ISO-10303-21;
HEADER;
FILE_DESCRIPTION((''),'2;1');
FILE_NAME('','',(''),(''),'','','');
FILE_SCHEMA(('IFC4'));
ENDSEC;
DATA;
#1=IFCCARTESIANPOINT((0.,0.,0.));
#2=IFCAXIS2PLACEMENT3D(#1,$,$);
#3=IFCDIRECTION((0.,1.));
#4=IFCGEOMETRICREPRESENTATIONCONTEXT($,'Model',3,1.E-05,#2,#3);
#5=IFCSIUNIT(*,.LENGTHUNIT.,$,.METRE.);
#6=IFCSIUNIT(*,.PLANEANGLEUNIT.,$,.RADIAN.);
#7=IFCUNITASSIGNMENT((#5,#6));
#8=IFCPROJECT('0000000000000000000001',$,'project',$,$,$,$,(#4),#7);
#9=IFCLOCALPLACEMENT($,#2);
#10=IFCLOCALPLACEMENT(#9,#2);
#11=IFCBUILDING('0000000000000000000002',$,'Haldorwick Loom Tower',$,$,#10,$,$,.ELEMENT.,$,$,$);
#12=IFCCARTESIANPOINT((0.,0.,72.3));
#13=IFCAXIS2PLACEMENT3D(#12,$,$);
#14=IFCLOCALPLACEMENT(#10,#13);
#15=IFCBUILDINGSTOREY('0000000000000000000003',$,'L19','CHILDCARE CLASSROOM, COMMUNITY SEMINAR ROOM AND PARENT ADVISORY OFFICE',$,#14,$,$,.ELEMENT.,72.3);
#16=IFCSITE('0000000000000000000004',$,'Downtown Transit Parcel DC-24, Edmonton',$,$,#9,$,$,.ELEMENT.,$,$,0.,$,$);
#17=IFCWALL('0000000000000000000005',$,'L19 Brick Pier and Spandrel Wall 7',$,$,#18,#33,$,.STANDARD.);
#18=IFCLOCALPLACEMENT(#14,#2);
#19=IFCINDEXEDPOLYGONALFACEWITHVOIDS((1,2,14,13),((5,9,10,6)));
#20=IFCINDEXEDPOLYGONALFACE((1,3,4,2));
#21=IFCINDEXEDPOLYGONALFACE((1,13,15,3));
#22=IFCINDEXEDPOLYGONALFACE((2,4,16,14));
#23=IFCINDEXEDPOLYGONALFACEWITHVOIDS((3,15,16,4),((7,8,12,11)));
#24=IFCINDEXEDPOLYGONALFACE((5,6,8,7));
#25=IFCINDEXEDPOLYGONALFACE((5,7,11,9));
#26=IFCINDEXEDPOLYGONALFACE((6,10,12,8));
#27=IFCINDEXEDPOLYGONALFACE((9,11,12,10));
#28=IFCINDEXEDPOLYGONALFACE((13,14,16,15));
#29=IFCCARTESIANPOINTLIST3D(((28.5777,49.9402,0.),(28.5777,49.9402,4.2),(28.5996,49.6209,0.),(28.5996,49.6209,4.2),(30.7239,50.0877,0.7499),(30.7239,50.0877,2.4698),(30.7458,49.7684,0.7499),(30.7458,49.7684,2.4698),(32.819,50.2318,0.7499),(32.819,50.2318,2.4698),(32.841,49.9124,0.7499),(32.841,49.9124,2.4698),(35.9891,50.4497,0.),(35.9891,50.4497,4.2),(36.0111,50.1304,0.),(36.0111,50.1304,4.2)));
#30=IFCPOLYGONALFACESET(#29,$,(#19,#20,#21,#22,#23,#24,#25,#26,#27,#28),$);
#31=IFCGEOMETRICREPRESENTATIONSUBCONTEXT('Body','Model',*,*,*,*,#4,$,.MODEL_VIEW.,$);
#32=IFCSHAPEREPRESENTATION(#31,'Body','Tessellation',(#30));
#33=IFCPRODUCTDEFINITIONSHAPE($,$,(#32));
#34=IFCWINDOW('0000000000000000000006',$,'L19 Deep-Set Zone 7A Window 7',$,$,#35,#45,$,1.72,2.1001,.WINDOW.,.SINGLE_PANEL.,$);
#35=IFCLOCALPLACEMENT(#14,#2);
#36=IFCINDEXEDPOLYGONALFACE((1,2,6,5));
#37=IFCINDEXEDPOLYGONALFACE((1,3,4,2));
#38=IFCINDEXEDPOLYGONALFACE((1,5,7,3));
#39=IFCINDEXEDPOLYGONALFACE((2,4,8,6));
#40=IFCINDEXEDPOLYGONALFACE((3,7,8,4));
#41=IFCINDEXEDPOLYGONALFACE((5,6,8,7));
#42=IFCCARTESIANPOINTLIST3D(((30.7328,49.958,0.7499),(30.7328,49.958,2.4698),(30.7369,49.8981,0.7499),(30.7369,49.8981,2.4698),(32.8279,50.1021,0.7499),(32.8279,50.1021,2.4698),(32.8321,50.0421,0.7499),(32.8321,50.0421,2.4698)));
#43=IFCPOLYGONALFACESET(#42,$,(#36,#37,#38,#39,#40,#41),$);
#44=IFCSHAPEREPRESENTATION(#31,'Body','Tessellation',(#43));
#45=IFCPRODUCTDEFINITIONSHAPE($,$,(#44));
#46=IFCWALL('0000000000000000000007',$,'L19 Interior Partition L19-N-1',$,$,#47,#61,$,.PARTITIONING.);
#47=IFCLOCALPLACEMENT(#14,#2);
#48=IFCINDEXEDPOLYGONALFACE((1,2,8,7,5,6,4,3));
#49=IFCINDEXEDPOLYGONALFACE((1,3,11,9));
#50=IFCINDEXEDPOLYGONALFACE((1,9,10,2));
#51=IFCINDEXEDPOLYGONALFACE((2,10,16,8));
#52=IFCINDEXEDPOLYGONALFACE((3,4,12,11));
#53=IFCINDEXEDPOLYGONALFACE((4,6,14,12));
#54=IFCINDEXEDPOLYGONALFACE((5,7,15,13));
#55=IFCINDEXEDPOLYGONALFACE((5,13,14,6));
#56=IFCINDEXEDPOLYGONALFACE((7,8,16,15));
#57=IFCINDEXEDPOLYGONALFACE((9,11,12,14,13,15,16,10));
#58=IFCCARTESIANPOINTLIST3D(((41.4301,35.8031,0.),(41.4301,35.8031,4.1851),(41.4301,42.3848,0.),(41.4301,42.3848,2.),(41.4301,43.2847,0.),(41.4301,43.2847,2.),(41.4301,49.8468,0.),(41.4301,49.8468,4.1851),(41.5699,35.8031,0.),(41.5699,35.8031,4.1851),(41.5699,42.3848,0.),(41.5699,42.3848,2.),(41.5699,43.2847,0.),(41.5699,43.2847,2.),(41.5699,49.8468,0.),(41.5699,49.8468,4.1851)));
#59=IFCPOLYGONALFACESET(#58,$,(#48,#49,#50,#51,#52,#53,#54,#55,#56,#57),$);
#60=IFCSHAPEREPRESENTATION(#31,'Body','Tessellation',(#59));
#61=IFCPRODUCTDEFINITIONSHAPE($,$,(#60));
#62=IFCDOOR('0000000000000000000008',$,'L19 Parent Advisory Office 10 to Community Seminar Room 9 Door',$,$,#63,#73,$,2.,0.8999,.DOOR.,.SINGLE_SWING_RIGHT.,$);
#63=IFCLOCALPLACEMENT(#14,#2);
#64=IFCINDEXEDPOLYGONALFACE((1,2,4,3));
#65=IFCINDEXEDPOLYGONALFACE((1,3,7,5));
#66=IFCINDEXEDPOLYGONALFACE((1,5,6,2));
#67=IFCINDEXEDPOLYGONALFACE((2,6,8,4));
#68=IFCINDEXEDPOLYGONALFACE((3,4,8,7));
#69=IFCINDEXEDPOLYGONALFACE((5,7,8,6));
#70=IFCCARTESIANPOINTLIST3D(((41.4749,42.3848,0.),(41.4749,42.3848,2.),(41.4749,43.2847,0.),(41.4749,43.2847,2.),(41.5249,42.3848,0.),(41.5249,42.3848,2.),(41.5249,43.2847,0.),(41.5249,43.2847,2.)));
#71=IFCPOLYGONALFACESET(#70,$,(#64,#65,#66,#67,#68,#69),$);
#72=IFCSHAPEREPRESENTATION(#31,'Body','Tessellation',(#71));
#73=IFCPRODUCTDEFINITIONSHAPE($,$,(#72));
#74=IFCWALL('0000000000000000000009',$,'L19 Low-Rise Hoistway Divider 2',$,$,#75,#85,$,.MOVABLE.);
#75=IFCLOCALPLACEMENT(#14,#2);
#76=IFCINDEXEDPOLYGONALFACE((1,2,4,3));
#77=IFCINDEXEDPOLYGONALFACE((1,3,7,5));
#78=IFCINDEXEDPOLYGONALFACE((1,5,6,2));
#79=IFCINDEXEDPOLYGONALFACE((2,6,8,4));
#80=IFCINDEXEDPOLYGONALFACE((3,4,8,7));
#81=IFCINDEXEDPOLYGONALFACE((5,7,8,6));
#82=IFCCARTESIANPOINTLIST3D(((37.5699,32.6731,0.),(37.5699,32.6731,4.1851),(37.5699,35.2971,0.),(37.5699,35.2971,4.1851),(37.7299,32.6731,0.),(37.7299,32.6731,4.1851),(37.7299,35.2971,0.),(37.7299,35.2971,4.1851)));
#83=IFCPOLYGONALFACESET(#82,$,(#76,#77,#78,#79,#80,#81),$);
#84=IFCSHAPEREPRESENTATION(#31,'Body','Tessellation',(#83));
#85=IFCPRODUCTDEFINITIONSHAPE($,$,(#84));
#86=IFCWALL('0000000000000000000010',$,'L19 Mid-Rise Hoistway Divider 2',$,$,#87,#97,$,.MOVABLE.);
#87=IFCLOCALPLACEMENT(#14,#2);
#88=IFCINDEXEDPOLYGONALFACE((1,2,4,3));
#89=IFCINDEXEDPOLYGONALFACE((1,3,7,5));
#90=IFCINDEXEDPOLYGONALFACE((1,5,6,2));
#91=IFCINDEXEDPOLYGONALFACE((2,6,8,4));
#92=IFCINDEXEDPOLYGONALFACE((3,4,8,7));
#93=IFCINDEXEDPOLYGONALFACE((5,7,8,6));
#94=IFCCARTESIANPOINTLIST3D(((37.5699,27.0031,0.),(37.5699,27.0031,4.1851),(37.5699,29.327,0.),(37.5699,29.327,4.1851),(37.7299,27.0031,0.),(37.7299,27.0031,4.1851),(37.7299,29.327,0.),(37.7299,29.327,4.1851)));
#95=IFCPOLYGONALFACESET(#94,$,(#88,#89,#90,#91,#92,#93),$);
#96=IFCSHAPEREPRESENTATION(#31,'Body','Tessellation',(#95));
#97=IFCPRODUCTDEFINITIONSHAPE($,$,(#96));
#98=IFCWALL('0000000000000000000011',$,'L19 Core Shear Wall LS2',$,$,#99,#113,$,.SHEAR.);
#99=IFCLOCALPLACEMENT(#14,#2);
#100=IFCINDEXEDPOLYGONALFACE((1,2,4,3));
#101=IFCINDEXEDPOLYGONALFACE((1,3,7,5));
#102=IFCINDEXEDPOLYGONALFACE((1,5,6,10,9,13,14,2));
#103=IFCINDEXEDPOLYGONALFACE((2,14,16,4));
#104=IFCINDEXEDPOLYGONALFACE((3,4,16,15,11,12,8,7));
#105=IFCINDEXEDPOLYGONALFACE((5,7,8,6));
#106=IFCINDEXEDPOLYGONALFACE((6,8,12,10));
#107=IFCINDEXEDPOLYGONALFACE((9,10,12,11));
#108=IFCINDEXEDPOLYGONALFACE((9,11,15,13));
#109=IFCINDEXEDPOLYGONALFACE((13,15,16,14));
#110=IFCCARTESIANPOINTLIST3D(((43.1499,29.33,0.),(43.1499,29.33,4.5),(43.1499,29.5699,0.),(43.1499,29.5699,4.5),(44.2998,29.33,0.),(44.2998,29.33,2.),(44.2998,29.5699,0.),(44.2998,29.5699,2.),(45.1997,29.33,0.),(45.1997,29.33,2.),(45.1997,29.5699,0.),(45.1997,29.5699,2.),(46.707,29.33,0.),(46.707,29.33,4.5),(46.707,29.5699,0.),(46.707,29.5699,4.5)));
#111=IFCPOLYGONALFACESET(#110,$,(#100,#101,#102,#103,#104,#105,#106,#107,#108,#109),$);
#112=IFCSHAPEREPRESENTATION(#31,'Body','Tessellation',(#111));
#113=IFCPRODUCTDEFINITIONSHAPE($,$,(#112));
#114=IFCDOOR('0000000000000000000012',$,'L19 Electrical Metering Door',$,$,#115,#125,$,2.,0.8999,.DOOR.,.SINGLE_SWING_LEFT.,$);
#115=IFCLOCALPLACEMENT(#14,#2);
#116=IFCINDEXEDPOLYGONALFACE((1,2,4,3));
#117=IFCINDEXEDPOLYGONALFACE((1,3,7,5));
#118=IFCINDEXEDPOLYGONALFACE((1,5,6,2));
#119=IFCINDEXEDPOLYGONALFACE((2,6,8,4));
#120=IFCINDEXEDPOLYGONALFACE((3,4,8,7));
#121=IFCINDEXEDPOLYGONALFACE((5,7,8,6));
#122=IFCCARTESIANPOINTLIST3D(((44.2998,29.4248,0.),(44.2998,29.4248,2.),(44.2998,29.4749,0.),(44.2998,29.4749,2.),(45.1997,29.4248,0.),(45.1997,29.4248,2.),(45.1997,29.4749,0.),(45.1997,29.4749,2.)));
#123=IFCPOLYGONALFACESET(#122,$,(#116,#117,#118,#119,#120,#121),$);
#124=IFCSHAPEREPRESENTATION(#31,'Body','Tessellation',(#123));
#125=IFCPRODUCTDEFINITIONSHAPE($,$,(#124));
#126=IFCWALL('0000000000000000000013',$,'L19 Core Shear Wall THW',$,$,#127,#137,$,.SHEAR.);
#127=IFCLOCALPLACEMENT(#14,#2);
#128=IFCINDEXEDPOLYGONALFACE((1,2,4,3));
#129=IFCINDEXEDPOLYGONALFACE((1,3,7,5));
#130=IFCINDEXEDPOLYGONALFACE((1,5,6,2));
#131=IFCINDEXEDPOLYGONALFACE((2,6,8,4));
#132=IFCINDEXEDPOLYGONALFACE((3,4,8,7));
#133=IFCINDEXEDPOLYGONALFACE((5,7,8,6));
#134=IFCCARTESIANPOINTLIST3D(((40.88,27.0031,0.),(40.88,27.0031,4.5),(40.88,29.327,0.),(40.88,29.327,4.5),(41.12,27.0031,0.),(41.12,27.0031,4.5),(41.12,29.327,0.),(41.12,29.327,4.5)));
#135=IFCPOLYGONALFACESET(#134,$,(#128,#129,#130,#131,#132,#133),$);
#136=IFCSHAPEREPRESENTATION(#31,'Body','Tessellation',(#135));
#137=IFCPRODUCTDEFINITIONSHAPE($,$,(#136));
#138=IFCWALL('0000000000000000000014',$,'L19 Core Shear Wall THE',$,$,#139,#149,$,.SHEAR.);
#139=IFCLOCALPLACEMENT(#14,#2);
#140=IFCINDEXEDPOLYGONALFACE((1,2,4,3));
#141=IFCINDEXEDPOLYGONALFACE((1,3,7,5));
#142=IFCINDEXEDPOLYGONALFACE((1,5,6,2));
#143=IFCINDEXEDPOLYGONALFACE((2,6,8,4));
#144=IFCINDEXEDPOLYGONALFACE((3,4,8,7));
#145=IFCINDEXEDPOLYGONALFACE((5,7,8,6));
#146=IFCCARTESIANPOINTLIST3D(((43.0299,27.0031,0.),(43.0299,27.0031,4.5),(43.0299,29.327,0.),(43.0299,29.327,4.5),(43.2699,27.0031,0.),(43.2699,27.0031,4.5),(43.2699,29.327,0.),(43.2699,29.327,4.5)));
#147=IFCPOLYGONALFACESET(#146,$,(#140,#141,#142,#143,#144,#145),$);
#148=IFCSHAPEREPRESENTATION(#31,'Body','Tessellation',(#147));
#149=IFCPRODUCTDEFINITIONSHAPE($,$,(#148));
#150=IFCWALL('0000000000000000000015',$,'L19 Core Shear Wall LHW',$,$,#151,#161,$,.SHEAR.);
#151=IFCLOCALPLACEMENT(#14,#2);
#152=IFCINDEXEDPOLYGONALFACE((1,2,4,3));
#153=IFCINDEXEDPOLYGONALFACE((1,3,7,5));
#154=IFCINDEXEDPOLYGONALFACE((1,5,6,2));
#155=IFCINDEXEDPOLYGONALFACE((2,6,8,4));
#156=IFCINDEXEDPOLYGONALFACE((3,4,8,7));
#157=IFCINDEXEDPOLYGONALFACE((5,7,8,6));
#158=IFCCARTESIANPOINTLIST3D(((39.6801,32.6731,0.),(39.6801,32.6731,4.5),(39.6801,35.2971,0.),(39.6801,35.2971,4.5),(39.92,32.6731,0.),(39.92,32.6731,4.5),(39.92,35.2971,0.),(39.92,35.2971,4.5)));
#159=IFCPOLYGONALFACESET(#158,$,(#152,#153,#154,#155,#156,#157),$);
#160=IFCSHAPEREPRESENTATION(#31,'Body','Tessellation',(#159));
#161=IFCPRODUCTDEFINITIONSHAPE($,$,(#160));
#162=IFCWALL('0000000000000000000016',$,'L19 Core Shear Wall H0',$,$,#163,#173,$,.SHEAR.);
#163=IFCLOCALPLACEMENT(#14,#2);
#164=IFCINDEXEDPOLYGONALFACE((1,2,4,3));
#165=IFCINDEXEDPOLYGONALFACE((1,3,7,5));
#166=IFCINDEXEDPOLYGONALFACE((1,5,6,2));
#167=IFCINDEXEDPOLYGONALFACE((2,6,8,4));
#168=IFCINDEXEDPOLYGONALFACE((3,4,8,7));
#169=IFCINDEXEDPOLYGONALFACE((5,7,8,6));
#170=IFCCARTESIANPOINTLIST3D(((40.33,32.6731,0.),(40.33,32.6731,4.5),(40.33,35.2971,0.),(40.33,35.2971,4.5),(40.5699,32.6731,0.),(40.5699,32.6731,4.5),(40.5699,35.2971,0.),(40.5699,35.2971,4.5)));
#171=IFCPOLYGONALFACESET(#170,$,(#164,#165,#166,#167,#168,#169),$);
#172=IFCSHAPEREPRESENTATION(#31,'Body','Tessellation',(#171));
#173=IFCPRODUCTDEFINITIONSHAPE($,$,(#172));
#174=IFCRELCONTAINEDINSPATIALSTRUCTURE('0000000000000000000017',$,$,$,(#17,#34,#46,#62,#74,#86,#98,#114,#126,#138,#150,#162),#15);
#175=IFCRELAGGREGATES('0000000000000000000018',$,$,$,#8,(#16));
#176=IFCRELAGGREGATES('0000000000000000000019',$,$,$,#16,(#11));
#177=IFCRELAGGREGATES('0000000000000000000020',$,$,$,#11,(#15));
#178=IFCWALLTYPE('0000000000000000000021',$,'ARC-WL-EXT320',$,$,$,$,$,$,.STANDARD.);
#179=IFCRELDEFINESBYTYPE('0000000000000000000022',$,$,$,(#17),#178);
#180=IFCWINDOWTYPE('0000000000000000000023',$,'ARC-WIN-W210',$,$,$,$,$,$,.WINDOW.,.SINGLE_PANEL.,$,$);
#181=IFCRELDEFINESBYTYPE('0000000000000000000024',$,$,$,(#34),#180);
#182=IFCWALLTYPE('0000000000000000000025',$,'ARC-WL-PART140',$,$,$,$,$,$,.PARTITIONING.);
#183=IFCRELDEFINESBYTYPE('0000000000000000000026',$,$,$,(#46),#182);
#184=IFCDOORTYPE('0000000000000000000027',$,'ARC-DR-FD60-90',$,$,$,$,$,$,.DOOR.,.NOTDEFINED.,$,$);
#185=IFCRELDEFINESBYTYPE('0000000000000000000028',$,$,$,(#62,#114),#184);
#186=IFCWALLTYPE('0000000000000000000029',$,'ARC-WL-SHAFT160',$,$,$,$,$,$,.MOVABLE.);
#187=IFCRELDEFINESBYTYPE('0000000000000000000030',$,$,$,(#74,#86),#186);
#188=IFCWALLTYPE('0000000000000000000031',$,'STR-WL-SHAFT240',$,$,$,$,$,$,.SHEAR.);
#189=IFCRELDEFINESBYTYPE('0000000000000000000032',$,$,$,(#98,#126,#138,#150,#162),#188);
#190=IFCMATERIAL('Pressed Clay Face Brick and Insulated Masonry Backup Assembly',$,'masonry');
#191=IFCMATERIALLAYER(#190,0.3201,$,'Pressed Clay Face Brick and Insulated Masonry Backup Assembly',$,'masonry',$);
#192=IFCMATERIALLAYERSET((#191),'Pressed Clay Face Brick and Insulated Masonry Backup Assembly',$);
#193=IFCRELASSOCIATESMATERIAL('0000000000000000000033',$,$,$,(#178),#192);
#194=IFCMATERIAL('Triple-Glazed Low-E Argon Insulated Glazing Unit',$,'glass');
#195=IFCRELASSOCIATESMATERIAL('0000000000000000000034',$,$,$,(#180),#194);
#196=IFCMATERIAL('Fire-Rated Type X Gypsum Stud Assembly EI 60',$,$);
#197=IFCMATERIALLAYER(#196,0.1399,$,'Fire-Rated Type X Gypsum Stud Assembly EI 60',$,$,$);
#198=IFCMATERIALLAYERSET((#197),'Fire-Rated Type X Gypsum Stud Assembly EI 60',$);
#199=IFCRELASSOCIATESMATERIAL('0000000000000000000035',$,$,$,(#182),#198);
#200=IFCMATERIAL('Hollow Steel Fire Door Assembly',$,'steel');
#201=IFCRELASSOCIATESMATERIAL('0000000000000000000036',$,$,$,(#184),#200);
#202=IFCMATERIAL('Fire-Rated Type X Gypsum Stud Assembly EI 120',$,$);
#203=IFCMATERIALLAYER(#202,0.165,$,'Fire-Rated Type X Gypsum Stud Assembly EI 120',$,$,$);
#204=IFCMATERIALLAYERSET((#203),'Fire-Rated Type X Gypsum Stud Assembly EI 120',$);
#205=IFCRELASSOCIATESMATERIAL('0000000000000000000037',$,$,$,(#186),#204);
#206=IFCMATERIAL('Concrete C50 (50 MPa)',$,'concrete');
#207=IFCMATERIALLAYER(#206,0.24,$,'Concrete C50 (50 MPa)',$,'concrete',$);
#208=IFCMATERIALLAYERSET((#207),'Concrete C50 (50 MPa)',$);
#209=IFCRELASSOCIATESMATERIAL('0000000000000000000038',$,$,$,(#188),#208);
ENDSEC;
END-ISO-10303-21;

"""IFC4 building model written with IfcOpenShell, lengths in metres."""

from ifc_helpers import new_model, si_unit, direction, frame, frame_2d, origin, place, context, subcontext, project, spatial, rectangle, extrude, material, layer, layer_set, type_object, element, fill, save


model = new_model("IFC4")

# Units and contexts
model_context = context("Model", 3, precision=1e-05, world=origin(), true_north=direction((0.0, 1.0)))
body_context = subcontext(model_context, "Body", "Model", "MODEL_VIEW")
ifc_project = project(units=[si_unit("LENGTHUNIT", "METRE"), si_unit("PLANEANGLEUNIT", "RADIAN")], contexts=[model_context])

# Site, building, storey
site_placement = place(None, origin())
site = spatial("IfcSite", under=ifc_project, at=site_placement, Name="Downtown Transit Parcel DC-24, Edmonton", CompositionType="ELEMENT", RefElevation=0.0)
building_placement = place(site_placement, origin())
building = spatial("IfcBuilding", under=site, at=building_placement, Name="Haldorwick Loom Tower", CompositionType="ELEMENT")
storey_placement = place(building_placement, frame((0.0, 0.0, 72.3)))
storey = spatial("IfcBuildingStorey", under=building, at=storey_placement, Name="L19", Description="CHILDCARE CLASSROOM, COMMUNITY SEMINAR ROOM AND PARENT ADVISORY OFFICE", CompositionType="ELEMENT", Elevation=72.3)

# Wall, opening, window
ifc_material_1 = material(Name="Pressed Clay Face Brick and Insulated Masonry Backup Assembly", Category="masonry")
ifc_layer_1 = layer(ifc_material_1, 0.3201, Name="Pressed Clay Face Brick and Insulated Masonry Backup Assembly", Category="masonry")
ifc_layer_set_1 = layer_set([ifc_layer_1], Name="Pressed Clay Face Brick and Insulated Masonry Backup Assembly")
wall_type_1 = type_object("IfcWallType", Name="ARC-WL-EXT320", PredefinedType="STANDARD", material=ifc_layer_set_1)
ifc_material_2 = material(Name="Triple-Glazed Low-E Argon Insulated Glazing Unit", Category="glass")
window_type = type_object("IfcWindowType", Name="ARC-WIN-W210", PartitioningType="SINGLE_PANEL", PredefinedType="WINDOW", material=ifc_material_2)
wall_1_placement = place(storey_placement, frame((36.0, 50.29, 0.0), z_axis=(0.0, 0.0, 1.0), x_axis=(-0.997645, -0.068587, 0.0)))
wall_1 = element("IfcWall", 1, at=wall_1_placement, inside=storey, type_object=wall_type_1, Name="L19 Brick Pier and Spandrel Wall 7", PredefinedType="STANDARD", context=body_context, shape_type="SweptSolid", body=[
    extrude(rectangle(XDim=7.429, YDim=0.3201, at=frame_2d((3.7144, 0.0))), origin(), (0.0, 0.0, 1.0), 4.2),
])
opening_1_placement = place(wall_1_placement, frame((3.1775, 0.0, 0.75)))
opening_1 = element("IfcOpeningElement", 2, at=opening_1_placement, cuts=wall_1, PredefinedType="OPENING", context=body_context, shape_type="SweptSolid", body=[
    extrude(rectangle(XDim=2.1001, YDim=1.72, at=frame_2d((1.05, 0.8599))), frame((0.0, 0.1699, 0.0), z_axis=(0.0, -1.0, 0.0), x_axis=(1.0, 0.0, 0.0)), (0.0, 0.0, 1.0), 0.3401),
])
window_1_placement = place(opening_1_placement, origin())
window_1 = element("IfcWindow", 3, at=window_1_placement, inside=storey, type_object=window_type, Name="L19 Deep-Set Zone 7A Window 7", OverallHeight=1.72, OverallWidth=2.1001, PartitioningType="SINGLE_PANEL", PredefinedType="WINDOW", context=body_context, shape_type="SweptSolid", body=[
    extrude(rectangle(XDim=2.1001, YDim=1.72, at=frame_2d((1.05, 0.8599))), frame((0.0, 0.03, 0.0), z_axis=(0.0, -1.0, 0.0), x_axis=(1.0, 0.0, 0.0)), (0.0, 0.0, 1.0), 0.0601),
])
fill(opening_1, window_1)

# Wall, opening, door
ifc_material_3 = material(Name="Fire-Rated Type X Gypsum Stud Assembly EI 60")
ifc_layer_2 = layer(ifc_material_3, 0.1399, Name="Fire-Rated Type X Gypsum Stud Assembly EI 60")
ifc_layer_set_2 = layer_set([ifc_layer_2], Name="Fire-Rated Type X Gypsum Stud Assembly EI 60")
wall_type_2 = type_object("IfcWallType", Name="ARC-WL-PART140", PredefinedType="PARTITIONING", material=ifc_layer_set_2)
wall_2_placement = place(storey_placement, frame((41.5, 35.803, 0.0), z_axis=(0.0, 0.0, 1.0), x_axis=(0.0, 1.0, 0.0)))
wall_2 = element("IfcWall", 4, at=wall_2_placement, inside=storey, type_object=wall_type_2, Name="L19 Interior Partition L19-N-1", PredefinedType="PARTITIONING", context=body_context, shape_type="SweptSolid", body=[
    extrude(rectangle(XDim=14.0437, YDim=0.1399, at=frame_2d((7.022, 0.0))), origin(), (0.0, 0.0, 1.0), 4.1851),
])
opening_2_placement = place(wall_2_placement, frame((6.5818, 0.0, 0.0)))
opening_2 = element("IfcOpeningElement", 5, at=opening_2_placement, cuts=wall_2, PredefinedType="OPENING", context=body_context, shape_type="SweptSolid", body=[
    extrude(rectangle(XDim=0.8999, YDim=2.0, at=frame_2d((0.45, 1.0))), frame((0.0, 0.0798, 0.0), z_axis=(0.0, -1.0, 0.0), x_axis=(1.0, 0.0, 0.0)), (0.0, 0.0, 1.0), 0.1599),
])
ifc_material_4 = material(Name="Hollow Steel Fire Door Assembly", Category="steel")
door_type = type_object("IfcDoorType", Name="ARC-DR-FD60-90", OperationType="NOTDEFINED", PredefinedType="DOOR", material=ifc_material_4)
door_1_placement = place(opening_2_placement, frame((0.8999, 0.0, 0.0), z_axis=(0.0, 0.0, 1.0), x_axis=(-1.0, 0.0, 0.0)))
door_1 = element("IfcDoor", 6, at=door_1_placement, inside=storey, type_object=door_type, Name="L19 Parent Advisory Office 10 to Community Seminar Room 9 Door", OperationType="SINGLE_SWING_RIGHT", OverallHeight=2.0, OverallWidth=0.8999, PredefinedType="DOOR", context=body_context, shape_type="SweptSolid", body=[
    extrude(rectangle(XDim=0.8999, YDim=2.0, at=frame_2d((0.45, 1.0))), frame((0.0, 0.0249, 0.0), z_axis=(0.0, -1.0, 0.0), x_axis=(1.0, 0.0, 0.0)), (0.0, 0.0, 1.0), 0.05),
])
fill(opening_2, door_1)

# Walls
ifc_material_5 = material(Name="Fire-Rated Type X Gypsum Stud Assembly EI 120")
ifc_layer_3 = layer(ifc_material_5, 0.165, Name="Fire-Rated Type X Gypsum Stud Assembly EI 120")
ifc_layer_set_3 = layer_set([ifc_layer_3], Name="Fire-Rated Type X Gypsum Stud Assembly EI 120")
wall_type_3 = type_object("IfcWallType", Name="ARC-WL-SHAFT160", PredefinedType="MOVABLE", material=ifc_layer_set_3)
wall_3_placement = place(storey_placement, frame((37.6499, 32.6731, 0.0), z_axis=(0.0, 0.0, 1.0), x_axis=(0.0, 1.0, 0.0)))
element("IfcWall", 7, at=wall_3_placement, inside=storey, type_object=wall_type_3, Name="L19 Low-Rise Hoistway Divider 2", PredefinedType="MOVABLE", context=body_context, shape_type="SweptSolid", body=[
    extrude(rectangle(XDim=2.624, YDim=0.1599, at=frame_2d((1.312, 0.0))), origin(), (0.0, 0.0, 1.0), 4.1851),
])
wall_4_placement = place(storey_placement, frame((37.6499, 27.0029, 0.0), z_axis=(0.0, 0.0, 1.0), x_axis=(0.0, 1.0, 0.0)))
element("IfcWall", 8, at=wall_4_placement, inside=storey, type_object=wall_type_3, Name="L19 Mid-Rise Hoistway Divider 2", PredefinedType="MOVABLE", context=body_context, shape_type="SweptSolid", body=[
    extrude(rectangle(XDim=2.324, YDim=0.1599, at=frame_2d((1.1621, 0.0))), origin(), (0.0, 0.0, 1.0), 4.1851),
])

# Wall, opening, door
ifc_material_6 = material(Name="Concrete C50 (50 MPa)", Category="concrete")
ifc_layer_4 = layer(ifc_material_6, 0.24, Name="Concrete C50 (50 MPa)", Category="concrete")
ifc_layer_set_4 = layer_set([ifc_layer_4], Name="Concrete C50 (50 MPa)")
wall_type_4 = type_object("IfcWallType", Name="STR-WL-SHAFT240", PredefinedType="SHEAR", material=ifc_layer_set_4)
wall_5_placement = place(storey_placement, frame((43.1499, 29.45, 0.0), z_axis=(0.0, 0.0, 1.0), x_axis=(1.0, 0.0, 0.0)))
wall_5 = element("IfcWall", 9, at=wall_5_placement, inside=storey, type_object=wall_type_4, Name="L19 Core Shear Wall LS2", PredefinedType="SHEAR", context=body_context, shape_type="SweptSolid", body=[
    extrude(rectangle(XDim=3.5571, YDim=0.24, at=frame_2d((1.7786, 0.0))), origin(), (0.0, 0.0, 1.0), 4.5),
])
opening_3_placement = place(wall_5_placement, frame((1.1499, 0.0, 0.0)))
opening_3 = element("IfcOpeningElement", 10, at=opening_3_placement, cuts=wall_5, PredefinedType="OPENING", context=body_context, shape_type="SweptSolid", body=[
    extrude(rectangle(XDim=0.8999, YDim=2.0, at=frame_2d((0.45, 1.0))), frame((0.0, 0.1299, 0.0), z_axis=(0.0, -1.0, 0.0), x_axis=(1.0, 0.0, 0.0)), (0.0, 0.0, 1.0), 0.26),
])
door_2_placement = place(opening_3_placement, origin())
door_2 = element("IfcDoor", 11, at=door_2_placement, inside=storey, type_object=door_type, Name="L19 Electrical Metering Door", OperationType="SINGLE_SWING_LEFT", OverallHeight=2.0, OverallWidth=0.8999, PredefinedType="DOOR", context=body_context, shape_type="SweptSolid", body=[
    extrude(rectangle(XDim=0.8999, YDim=2.0, at=frame_2d((0.45, 1.0))), frame((0.0, 0.0249, 0.0), z_axis=(0.0, -1.0, 0.0), x_axis=(1.0, 0.0, 0.0)), (0.0, 0.0, 1.0), 0.05),
])
fill(opening_3, door_2)

# Walls
for number, where, z_axis, x_axis, name in (
    (12, (41.0, 27.0029, 0.0), (0.0, 0.0, 1.0), (0.0, 1.0, 0.0), "L19 Core Shear Wall THW"),
    (13, (43.1499, 27.0029, 0.0), (0.0, 0.0, 1.0), (0.0, 1.0, 0.0), "L19 Core Shear Wall THE"),
):
    element("IfcWall", number, at=place(storey_placement, frame(where, z_axis=z_axis, x_axis=x_axis)), inside=storey, type_object=wall_type_4, Name=name, PredefinedType="SHEAR", context=body_context, shape_type="SweptSolid", body=[
        extrude(rectangle(XDim=2.324, YDim=0.24, at=frame_2d((1.1621, 0.0))), origin(), (0.0, 0.0, 1.0), 4.5),
    ])
for number, where, z_axis, x_axis, name in (
    (14, (39.8, 32.6731, 0.0), (0.0, 0.0, 1.0), (0.0, 1.0, 0.0), "L19 Core Shear Wall LHW"),
    (15, (40.45, 32.6731, 0.0), (0.0, 0.0, 1.0), (0.0, 1.0, 0.0), "L19 Core Shear Wall H0"),
):
    element("IfcWall", number, at=place(storey_placement, frame(where, z_axis=z_axis, x_axis=x_axis)), inside=storey, type_object=wall_type_4, Name=name, PredefinedType="SHEAR", context=body_context, shape_type="SweptSolid", body=[
        extrude(rectangle(XDim=2.624, YDim=0.24, at=frame_2d((1.312, 0.0))), origin(), (0.0, 0.0, 1.0), 4.5),
    ])

save(model, "model.ifc")
